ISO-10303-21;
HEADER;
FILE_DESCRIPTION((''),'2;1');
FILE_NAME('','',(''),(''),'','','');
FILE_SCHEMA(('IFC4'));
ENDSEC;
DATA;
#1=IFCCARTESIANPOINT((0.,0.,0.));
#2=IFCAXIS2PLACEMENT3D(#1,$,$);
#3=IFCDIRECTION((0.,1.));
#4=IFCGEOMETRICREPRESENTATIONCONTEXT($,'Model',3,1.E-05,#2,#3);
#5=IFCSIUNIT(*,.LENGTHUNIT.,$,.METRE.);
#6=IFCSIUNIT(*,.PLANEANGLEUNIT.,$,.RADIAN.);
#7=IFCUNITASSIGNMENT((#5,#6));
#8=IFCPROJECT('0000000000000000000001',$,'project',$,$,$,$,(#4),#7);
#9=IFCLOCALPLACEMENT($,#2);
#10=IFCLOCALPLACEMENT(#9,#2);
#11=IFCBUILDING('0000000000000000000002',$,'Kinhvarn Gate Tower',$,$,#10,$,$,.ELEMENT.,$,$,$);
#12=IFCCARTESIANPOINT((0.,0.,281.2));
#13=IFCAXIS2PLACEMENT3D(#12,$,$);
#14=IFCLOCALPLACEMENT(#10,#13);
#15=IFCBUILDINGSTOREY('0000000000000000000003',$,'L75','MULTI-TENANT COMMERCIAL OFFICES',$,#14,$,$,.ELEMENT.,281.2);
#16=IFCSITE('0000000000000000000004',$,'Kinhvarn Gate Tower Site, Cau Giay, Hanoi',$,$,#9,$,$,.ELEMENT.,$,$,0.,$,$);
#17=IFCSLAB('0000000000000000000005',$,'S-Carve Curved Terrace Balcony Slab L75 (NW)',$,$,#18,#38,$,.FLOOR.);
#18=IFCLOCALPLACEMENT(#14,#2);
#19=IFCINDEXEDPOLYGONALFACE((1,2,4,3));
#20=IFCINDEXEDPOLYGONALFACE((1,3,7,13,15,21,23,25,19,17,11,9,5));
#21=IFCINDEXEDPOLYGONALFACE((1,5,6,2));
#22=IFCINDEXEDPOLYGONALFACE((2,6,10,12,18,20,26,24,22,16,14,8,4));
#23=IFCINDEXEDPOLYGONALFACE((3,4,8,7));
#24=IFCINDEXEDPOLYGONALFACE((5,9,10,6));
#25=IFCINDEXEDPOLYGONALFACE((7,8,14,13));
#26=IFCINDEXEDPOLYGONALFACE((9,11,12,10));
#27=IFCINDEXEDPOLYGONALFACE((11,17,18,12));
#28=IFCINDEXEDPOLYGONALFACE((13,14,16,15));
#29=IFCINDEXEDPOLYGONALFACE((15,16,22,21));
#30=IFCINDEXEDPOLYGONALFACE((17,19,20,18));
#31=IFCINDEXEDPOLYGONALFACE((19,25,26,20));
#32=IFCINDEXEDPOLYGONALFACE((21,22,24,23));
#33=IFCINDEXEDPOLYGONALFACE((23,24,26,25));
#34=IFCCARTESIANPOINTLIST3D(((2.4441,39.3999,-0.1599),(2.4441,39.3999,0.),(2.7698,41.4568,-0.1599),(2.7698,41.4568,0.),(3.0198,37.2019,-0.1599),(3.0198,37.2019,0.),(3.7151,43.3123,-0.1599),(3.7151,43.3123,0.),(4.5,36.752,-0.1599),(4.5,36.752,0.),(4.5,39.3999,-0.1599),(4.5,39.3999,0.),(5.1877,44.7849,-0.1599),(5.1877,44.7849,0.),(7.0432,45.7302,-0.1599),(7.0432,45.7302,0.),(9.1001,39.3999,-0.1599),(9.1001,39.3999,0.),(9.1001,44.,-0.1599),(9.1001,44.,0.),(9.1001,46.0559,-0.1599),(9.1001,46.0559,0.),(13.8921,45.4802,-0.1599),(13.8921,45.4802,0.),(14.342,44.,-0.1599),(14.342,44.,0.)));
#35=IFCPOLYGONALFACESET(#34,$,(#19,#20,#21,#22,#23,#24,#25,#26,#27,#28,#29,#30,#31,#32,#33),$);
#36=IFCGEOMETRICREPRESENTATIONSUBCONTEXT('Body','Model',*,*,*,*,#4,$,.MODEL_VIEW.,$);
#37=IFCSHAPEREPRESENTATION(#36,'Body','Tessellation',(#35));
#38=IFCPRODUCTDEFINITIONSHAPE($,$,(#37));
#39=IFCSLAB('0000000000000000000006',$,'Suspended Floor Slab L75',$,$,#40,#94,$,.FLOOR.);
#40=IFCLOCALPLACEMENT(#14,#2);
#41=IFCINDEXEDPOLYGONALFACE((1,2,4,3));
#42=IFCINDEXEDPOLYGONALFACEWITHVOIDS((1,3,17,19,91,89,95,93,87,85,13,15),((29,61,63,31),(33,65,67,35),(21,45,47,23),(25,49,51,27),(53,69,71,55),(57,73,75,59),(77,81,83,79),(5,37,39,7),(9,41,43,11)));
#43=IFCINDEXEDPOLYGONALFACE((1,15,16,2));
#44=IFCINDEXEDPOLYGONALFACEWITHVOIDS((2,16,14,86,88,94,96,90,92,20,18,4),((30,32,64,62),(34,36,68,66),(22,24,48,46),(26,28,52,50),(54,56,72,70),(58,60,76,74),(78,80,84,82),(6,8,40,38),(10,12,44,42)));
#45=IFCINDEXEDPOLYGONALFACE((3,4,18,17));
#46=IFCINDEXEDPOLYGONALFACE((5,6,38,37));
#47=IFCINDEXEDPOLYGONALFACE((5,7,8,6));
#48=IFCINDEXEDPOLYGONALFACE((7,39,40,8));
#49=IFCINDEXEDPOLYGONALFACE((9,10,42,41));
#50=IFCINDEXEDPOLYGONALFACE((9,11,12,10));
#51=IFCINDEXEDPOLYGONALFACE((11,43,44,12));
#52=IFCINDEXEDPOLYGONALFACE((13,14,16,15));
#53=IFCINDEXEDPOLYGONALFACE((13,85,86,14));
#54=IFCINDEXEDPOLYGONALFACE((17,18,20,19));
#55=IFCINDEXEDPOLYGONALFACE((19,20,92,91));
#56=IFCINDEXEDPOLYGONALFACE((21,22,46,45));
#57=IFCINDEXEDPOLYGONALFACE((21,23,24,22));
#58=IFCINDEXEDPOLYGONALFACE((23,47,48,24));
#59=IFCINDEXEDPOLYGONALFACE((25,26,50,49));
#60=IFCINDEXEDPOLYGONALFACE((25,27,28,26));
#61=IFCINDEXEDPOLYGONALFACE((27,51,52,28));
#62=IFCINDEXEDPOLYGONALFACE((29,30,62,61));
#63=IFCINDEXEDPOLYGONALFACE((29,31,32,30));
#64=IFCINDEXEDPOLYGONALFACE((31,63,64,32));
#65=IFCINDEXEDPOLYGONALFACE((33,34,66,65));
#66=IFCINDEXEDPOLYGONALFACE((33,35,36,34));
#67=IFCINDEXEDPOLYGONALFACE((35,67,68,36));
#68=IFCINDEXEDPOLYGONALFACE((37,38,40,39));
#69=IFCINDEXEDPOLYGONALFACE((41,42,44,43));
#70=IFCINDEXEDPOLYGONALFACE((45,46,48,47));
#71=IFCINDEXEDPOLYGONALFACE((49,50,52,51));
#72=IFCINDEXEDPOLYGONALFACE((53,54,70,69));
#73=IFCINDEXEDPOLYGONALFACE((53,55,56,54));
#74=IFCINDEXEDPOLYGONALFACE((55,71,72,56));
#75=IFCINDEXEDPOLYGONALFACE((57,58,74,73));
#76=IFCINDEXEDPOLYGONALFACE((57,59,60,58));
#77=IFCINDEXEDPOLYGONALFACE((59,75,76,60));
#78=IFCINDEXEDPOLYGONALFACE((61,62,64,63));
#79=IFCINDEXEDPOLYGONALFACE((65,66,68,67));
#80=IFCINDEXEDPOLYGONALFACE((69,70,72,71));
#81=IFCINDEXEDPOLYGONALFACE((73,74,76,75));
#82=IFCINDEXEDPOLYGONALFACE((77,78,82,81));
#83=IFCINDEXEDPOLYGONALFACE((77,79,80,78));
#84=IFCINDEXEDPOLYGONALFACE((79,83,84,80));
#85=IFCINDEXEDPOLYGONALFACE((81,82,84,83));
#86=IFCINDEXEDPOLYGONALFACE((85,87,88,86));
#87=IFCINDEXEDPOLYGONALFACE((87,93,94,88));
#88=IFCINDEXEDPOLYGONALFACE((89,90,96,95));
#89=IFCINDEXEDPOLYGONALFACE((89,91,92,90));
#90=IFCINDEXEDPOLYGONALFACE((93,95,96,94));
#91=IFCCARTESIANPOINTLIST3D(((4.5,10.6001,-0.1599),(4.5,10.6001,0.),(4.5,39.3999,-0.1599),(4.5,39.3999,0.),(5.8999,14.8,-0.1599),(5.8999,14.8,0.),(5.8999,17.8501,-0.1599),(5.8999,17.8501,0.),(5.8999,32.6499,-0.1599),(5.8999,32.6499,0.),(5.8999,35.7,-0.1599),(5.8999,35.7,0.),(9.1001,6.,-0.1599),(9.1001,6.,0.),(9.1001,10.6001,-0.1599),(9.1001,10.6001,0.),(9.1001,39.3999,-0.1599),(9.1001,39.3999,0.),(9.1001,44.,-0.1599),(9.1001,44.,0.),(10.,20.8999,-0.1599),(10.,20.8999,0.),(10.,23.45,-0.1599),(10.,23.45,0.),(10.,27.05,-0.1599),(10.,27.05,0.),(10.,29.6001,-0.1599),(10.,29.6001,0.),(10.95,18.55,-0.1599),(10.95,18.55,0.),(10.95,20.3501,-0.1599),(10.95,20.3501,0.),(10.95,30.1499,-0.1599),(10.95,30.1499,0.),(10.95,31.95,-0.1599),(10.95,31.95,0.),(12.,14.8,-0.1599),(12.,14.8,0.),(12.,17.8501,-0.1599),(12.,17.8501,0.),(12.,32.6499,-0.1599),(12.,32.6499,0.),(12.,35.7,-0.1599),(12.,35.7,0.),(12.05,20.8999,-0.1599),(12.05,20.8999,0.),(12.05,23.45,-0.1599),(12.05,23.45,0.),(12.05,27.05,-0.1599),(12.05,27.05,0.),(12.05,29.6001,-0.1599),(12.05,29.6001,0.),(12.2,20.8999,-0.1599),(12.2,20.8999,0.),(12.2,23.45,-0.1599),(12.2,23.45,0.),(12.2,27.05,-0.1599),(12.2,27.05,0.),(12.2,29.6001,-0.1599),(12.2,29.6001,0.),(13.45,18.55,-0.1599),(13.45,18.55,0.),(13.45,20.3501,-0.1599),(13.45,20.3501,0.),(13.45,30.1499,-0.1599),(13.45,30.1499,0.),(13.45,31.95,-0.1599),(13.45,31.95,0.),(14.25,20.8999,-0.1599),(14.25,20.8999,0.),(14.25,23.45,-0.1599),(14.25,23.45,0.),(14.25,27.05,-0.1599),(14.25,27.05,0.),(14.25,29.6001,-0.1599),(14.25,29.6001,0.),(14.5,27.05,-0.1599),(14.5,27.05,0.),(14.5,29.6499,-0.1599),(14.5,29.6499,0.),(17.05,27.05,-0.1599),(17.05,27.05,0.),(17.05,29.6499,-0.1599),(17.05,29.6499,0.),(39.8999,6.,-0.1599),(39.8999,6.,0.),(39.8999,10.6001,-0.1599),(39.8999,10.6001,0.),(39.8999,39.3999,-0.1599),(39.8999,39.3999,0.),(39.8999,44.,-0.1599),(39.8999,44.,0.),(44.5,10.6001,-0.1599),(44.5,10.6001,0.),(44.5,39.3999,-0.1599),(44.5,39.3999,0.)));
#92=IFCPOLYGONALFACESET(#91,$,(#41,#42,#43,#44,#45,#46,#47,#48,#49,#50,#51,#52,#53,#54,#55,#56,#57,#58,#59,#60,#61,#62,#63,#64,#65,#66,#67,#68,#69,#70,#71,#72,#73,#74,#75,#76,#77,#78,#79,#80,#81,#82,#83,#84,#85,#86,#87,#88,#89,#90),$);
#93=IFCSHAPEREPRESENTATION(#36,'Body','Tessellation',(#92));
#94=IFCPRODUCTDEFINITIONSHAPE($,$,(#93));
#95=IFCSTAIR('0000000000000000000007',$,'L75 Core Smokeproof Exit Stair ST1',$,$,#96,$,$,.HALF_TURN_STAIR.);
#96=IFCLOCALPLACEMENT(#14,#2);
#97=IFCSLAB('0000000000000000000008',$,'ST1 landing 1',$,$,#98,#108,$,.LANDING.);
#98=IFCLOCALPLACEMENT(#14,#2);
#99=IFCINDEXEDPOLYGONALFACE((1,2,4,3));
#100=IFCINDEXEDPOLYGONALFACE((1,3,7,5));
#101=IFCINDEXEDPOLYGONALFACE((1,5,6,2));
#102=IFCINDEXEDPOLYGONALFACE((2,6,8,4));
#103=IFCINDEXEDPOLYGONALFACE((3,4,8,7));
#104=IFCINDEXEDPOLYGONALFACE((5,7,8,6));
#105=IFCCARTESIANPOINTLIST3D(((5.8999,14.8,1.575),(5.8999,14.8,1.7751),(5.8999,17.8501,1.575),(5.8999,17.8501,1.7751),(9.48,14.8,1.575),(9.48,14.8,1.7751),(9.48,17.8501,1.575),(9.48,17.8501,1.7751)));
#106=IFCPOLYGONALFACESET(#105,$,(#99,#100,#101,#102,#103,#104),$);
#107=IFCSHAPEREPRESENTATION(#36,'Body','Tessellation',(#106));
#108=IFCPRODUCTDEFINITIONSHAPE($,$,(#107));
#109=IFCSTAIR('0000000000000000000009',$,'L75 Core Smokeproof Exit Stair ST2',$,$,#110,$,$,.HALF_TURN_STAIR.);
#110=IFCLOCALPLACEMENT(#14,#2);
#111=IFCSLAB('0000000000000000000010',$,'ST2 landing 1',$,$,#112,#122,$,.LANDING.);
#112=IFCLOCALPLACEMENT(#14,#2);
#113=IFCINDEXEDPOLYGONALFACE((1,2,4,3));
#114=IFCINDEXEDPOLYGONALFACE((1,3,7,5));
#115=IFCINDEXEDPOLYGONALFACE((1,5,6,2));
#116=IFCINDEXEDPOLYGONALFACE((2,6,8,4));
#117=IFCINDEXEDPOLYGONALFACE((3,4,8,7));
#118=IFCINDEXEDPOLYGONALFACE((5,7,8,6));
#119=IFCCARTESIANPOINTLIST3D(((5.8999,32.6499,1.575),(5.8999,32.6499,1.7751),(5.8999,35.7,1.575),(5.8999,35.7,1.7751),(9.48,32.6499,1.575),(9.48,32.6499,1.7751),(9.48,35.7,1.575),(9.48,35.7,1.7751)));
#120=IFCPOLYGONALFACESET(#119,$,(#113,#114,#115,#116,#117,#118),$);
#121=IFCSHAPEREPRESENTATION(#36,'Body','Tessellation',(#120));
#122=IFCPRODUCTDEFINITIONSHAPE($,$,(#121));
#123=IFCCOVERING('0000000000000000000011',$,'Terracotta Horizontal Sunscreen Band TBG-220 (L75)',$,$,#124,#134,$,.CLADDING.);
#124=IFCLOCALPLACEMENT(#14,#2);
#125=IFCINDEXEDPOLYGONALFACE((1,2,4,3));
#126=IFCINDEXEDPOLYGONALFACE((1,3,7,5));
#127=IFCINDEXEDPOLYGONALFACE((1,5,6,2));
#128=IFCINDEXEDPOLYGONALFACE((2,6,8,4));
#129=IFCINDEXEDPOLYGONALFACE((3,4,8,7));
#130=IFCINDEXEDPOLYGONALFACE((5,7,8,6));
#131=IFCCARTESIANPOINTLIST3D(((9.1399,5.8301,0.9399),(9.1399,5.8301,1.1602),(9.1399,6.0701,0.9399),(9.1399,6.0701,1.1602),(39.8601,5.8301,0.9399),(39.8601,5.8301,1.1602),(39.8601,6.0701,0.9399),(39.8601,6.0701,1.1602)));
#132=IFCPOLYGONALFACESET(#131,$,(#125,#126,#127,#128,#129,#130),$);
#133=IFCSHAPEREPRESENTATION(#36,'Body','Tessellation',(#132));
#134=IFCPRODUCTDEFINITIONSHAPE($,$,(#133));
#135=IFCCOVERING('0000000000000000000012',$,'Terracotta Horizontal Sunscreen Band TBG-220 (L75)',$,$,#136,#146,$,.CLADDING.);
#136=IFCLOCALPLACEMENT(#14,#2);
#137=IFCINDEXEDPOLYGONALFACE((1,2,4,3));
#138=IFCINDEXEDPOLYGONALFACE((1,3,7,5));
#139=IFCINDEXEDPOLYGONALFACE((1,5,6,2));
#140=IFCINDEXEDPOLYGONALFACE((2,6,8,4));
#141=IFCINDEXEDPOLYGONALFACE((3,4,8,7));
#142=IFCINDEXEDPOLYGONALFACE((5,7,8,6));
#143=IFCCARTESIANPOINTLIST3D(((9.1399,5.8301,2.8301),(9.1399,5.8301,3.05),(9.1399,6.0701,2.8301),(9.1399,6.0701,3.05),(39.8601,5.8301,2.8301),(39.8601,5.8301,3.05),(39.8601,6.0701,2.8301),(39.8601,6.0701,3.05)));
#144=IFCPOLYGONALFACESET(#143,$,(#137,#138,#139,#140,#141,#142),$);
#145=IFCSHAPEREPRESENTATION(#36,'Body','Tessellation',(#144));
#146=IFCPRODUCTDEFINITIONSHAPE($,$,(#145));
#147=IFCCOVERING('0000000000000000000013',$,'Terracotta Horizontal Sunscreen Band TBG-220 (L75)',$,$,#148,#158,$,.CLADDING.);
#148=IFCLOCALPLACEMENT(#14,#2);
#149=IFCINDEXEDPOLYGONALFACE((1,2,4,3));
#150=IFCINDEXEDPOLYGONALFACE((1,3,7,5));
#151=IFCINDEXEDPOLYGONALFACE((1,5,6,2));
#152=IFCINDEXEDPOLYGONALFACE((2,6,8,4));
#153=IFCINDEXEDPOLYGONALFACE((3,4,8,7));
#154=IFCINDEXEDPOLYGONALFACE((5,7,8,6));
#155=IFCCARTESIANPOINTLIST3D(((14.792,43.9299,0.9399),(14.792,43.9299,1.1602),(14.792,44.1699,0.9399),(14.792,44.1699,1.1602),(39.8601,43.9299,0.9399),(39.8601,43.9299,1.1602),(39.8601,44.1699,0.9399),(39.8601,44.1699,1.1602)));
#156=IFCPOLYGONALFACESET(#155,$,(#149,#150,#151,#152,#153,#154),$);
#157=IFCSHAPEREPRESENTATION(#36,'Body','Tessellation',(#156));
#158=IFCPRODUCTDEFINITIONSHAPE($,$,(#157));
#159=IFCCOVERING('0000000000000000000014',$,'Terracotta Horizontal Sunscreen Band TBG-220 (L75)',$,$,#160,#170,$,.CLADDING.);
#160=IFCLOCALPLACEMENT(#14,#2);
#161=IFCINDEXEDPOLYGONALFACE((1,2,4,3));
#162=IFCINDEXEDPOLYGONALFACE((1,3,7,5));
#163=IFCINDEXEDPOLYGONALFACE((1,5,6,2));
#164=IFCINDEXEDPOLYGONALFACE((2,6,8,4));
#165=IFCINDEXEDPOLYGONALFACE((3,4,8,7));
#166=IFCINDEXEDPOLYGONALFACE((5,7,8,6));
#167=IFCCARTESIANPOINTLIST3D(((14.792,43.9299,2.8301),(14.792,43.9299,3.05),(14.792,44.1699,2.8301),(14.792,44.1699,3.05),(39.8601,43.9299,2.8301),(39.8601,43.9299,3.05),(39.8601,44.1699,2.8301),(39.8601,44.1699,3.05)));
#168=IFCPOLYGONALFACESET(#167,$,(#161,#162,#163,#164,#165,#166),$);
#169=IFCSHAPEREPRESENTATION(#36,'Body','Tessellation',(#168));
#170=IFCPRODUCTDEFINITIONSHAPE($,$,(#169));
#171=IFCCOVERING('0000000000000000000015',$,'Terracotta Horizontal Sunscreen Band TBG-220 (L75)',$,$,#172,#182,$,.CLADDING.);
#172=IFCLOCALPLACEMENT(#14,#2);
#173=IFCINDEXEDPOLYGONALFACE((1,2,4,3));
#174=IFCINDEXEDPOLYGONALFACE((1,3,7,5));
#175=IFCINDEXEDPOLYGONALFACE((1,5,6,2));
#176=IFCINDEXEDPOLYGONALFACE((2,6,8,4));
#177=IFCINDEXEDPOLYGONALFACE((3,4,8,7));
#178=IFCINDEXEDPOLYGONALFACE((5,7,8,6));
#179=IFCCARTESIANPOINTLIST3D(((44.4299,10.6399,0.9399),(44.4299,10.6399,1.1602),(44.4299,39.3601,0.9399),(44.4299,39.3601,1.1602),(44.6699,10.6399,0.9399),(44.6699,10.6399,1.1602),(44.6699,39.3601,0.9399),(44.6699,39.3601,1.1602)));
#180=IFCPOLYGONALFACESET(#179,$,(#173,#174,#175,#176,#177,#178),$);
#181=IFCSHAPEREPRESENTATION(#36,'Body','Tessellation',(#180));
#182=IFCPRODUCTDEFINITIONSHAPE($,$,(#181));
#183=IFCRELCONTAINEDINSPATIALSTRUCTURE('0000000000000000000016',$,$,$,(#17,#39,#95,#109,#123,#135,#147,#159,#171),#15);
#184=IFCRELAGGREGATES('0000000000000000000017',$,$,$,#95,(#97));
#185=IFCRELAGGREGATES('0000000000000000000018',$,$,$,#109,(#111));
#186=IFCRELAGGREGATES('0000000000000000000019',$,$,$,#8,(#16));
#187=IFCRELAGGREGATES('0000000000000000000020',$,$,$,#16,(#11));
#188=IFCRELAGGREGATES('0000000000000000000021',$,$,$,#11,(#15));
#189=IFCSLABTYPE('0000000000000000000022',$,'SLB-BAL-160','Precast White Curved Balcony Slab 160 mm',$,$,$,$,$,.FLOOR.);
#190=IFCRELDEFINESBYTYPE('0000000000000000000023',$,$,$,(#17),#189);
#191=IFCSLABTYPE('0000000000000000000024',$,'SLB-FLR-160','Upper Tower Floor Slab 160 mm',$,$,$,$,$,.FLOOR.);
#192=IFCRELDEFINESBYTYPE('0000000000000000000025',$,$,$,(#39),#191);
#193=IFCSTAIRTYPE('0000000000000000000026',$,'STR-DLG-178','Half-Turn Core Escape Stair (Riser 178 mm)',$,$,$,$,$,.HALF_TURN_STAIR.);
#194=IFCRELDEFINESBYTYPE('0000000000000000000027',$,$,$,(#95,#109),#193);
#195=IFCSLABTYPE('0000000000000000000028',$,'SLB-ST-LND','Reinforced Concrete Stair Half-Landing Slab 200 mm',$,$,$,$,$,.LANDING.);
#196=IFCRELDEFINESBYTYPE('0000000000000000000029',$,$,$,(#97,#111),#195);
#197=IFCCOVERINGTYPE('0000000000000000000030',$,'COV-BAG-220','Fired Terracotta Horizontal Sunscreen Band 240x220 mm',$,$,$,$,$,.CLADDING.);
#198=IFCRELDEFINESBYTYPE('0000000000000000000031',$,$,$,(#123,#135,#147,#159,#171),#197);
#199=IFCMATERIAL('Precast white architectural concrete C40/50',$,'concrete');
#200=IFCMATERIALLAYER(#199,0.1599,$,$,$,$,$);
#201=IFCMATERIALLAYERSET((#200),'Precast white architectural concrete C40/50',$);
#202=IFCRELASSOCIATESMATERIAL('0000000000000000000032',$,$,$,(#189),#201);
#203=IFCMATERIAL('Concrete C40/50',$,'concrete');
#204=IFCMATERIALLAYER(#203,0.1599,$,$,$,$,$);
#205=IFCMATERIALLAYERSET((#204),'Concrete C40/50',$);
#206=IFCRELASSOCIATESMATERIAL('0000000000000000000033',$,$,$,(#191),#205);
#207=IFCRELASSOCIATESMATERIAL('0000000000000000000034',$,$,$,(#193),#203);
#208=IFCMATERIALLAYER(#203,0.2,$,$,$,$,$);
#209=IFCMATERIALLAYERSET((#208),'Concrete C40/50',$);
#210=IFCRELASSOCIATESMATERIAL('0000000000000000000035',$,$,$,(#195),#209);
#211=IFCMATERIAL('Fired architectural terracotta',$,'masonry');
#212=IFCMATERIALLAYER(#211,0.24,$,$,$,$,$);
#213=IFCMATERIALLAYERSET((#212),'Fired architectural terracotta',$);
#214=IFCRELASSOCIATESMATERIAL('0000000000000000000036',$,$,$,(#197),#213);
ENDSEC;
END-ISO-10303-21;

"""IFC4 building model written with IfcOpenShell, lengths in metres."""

from ifc_helpers import new_model, si_unit, direction, frame, origin, place, context, subcontext, project, spatial, polyline, outline, extrude, material, layer, layer_set, type_object, element, aggregate, save


model = new_model("IFC4")

# Units and contexts
model_context = context("Model", 3, precision=1e-05, world=origin(), true_north=direction((0.0, 1.0)))
body_context = subcontext(model_context, "Body", "Model", "MODEL_VIEW")
ifc_project = project(units=[si_unit("LENGTHUNIT", "METRE"), si_unit("PLANEANGLEUNIT", "RADIAN")], contexts=[model_context])

# Site, building, storey
site_placement = place(None, origin())
site = spatial("IfcSite", under=ifc_project, at=site_placement, Name="Kinhvarn Gate Tower Site, Cau Giay, Hanoi", CompositionType="ELEMENT", RefElevation=0.0)
building_placement = place(site_placement, origin())
building = spatial("IfcBuilding", under=site, at=building_placement, Name="Kinhvarn Gate Tower", CompositionType="ELEMENT")
storey_placement = place(building_placement, frame((0.0, 0.0, 281.2)))
storey = spatial("IfcBuildingStorey", under=building, at=storey_placement, Name="L75", Description="MULTI-TENANT COMMERCIAL OFFICES", CompositionType="ELEMENT", Elevation=281.2)

# Slabs
ifc_material_1 = material(Name="Precast white architectural concrete C40/50", Category="concrete")
ifc_layer_1 = layer(ifc_material_1, 0.1599)
ifc_layer_set_1 = layer_set([ifc_layer_1], Name="Precast white architectural concrete C40/50")
slab_type_1 = type_object("IfcSlabType", Name="SLB-BAL-160", Description="Precast White Curved Balcony Slab 160 mm", PredefinedType="FLOOR", material=ifc_layer_set_1)
slab_1_placement = place(storey_placement, frame((0.0, 0.0, -0.1599)))
element("IfcSlab", 1, at=slab_1_placement, inside=storey, type_object=slab_type_1, Name="S-Carve Curved Terrace Balcony Slab L75 (NW)", PredefinedType="FLOOR", context=body_context, shape_type="SweptSolid", body=[
    extrude(outline(polyline([(14.342, 44.0), (13.8921, 45.4802), (9.1001, 46.0559), (7.0432, 45.7302), (5.1877, 44.7849), (3.7151, 43.3123), (2.7698, 41.4568), (2.4441, 39.3999), (3.0198, 37.2019), (4.5, 36.752), (4.5, 39.3999), (9.1001, 39.3999), (9.1001, 44.0), (14.342, 44.0)])), origin(), (0.0, 0.0, 1.0), 0.1599),
])
ifc_material_2 = material(Name="Concrete C40/50", Category="concrete")
ifc_layer_2 = layer(ifc_material_2, 0.1599)
ifc_layer_set_2 = layer_set([ifc_layer_2], Name="Concrete C40/50")
slab_type_2 = type_object("IfcSlabType", Name="SLB-FLR-160", Description="Upper Tower Floor Slab 160 mm", PredefinedType="FLOOR", material=ifc_layer_set_2)
slab_2_placement = place(storey_placement, frame((0.0, 0.0, -0.1599)))
element("IfcSlab", 2, at=slab_2_placement, inside=storey, type_object=slab_type_2, Name="Suspended Floor Slab L75", PredefinedType="FLOOR", context=body_context, shape_type="SweptSolid", body=[
    extrude(outline(polyline([(9.1001, 6.0), (39.8999, 6.0), (39.8999, 10.6001), (44.5, 10.6001), (44.5, 39.3999), (39.8999, 39.3999), (39.8999, 44.0), (9.1001, 44.0), (9.1001, 39.3999), (4.5, 39.3999), (4.5, 10.6001), (9.1001, 10.6001), (9.1001, 6.0)]), holes=[polyline([(5.8999, 14.8), (12.0, 14.8), (12.0, 17.8501), (5.8999, 17.8501), (5.8999, 14.8)]), polyline([(5.8999, 32.6499), (12.0, 32.6499), (12.0, 35.7), (5.8999, 35.7), (5.8999, 32.6499)]), polyline([(10.0, 20.8999), (12.05, 20.8999), (12.05, 23.45), (10.0, 23.45), (10.0, 20.8999)]), polyline([(12.2, 20.8999), (14.25, 20.8999), (14.25, 23.45), (12.2, 23.45), (12.2, 20.8999)]), polyline([(10.0, 27.05), (12.05, 27.05), (12.05, 29.6001), (10.0, 29.6001), (10.0, 27.05)]), polyline([(12.2, 27.05), (14.25, 27.05), (14.25, 29.6001), (12.2, 29.6001), (12.2, 27.05)]), polyline([(14.5, 27.05), (17.05, 27.05), (17.05, 29.6499), (14.5, 29.6499), (14.5, 27.05)]), polyline([(10.95, 18.55), (13.45, 18.55), (13.45, 20.3501), (10.95, 20.3501), (10.95, 18.55)]), polyline([(10.95, 30.1499), (13.45, 30.1499), (13.45, 31.95), (10.95, 31.95), (10.95, 30.1499)])]), origin(), (0.0, 0.0, 1.0), 0.1599),
])

# Stairs, slabs
stair_type = type_object("IfcStairType", Name="STR-DLG-178", Description="Half-Turn Core Escape Stair (Riser 178 mm)", PredefinedType="HALF_TURN_STAIR", material=ifc_material_2)
stair_1_placement = place(storey_placement, origin())
stair_1 = element("IfcStair", 3, at=stair_1_placement, inside=storey, type_object=stair_type, Name="L75 Core Smokeproof Exit Stair ST1", PredefinedType="HALF_TURN_STAIR")
ifc_layer_3 = layer(ifc_material_2, 0.2)
ifc_layer_set_3 = layer_set([ifc_layer_3], Name="Concrete C40/50")
slab_type_3 = type_object("IfcSlabType", Name="SLB-ST-LND", Description="Reinforced Concrete Stair Half-Landing Slab 200 mm", PredefinedType="LANDING", material=ifc_layer_set_3)
slab_3_placement = place(storey_placement, frame((0.0, 0.0, 1.575)))
slab_3 = element("IfcSlab", 4, at=slab_3_placement, type_object=slab_type_3, Name="ST1 landing 1", PredefinedType="LANDING", context=body_context, shape_type="SweptSolid", body=[
    extrude(outline(polyline([(9.48, 17.8501), (5.8999, 17.8501), (5.8999, 14.8), (9.48, 14.8), (9.48, 17.8501)])), origin(), (0.0, 0.0, 1.0), 0.2002),
])
aggregate(stair_1, [slab_3])
stair_2_placement = place(storey_placement, origin())
stair_2 = element("IfcStair", 5, at=stair_2_placement, inside=storey, type_object=stair_type, Name="L75 Core Smokeproof Exit Stair ST2", PredefinedType="HALF_TURN_STAIR")
slab_4_placement = place(storey_placement, frame((0.0, 0.0, 1.575)))
slab_4 = element("IfcSlab", 6, at=slab_4_placement, type_object=slab_type_3, Name="ST2 landing 1", PredefinedType="LANDING", context=body_context, shape_type="SweptSolid", body=[
    extrude(outline(polyline([(9.48, 35.7), (5.8999, 35.7), (5.8999, 32.6499), (9.48, 32.6499), (9.48, 35.7)])), origin(), (0.0, 0.0, 1.0), 0.2002),
])
aggregate(stair_2, [slab_4])

# Coverings
ifc_material_3 = material(Name="Fired architectural terracotta", Category="masonry")
ifc_layer_4 = layer(ifc_material_3, 0.24)
ifc_layer_set_4 = layer_set([ifc_layer_4], Name="Fired architectural terracotta")
covering_type_1 = type_object("IfcCoveringType", Name="COV-BAG-220", Description="Fired Terracotta Horizontal Sunscreen Band 240x220 mm", PredefinedType="CLADDING", material=ifc_layer_set_4)
covering_1_placement = place(storey_placement, frame((0.0, 0.0, 0.9399)))
element("IfcCovering", 7, at=covering_1_placement, inside=storey, type_object=covering_type_1, Name="Terracotta Horizontal Sunscreen Band TBG-220 (L75)", PredefinedType="CLADDING", context=body_context, shape_type="SweptSolid", body=[
    extrude(outline(polyline([(9.1399, 6.0701), (39.8601, 6.0701), (39.8601, 5.8301), (9.1399, 5.8301), (9.1399, 6.0701)])), origin(), (0.0, 0.0, 1.0), 0.2202),
])
covering_2_placement = place(storey_placement, frame((0.0, 0.0, 2.8301)))
element("IfcCovering", 8, at=covering_2_placement, inside=storey, type_object=covering_type_1, Name="Terracotta Horizontal Sunscreen Band TBG-220 (L75)", PredefinedType="CLADDING", context=body_context, shape_type="SweptSolid", body=[
    extrude(outline(polyline([(9.1399, 6.0701), (39.8601, 6.0701), (39.8601, 5.8301), (9.1399, 5.8301), (9.1399, 6.0701)])), origin(), (0.0, 0.0, 1.0), 0.22),
])
covering_3_placement = place(storey_placement, frame((0.0, 0.0, 0.9399)))
element("IfcCovering", 9, at=covering_3_placement, inside=storey, type_object=covering_type_1, Name="Terracotta Horizontal Sunscreen Band TBG-220 (L75)", PredefinedType="CLADDING", context=body_context, shape_type="SweptSolid", body=[
    extrude(outline(polyline([(39.8601, 43.9299), (14.792, 43.9299), (14.792, 44.1699), (39.8601, 44.1699), (39.8601, 43.9299)])), origin(), (0.0, 0.0, 1.0), 0.2202),
])
covering_4_placement = place(storey_placement, frame((0.0, 0.0, 2.8301)))
element("IfcCovering", 10, at=covering_4_placement, inside=storey, type_object=covering_type_1, Name="Terracotta Horizontal Sunscreen Band TBG-220 (L75)", PredefinedType="CLADDING", context=body_context, shape_type="SweptSolid", body=[
    extrude(outline(polyline([(39.8601, 43.9299), (14.792, 43.9299), (14.792, 44.1699), (39.8601, 44.1699), (39.8601, 43.9299)])), origin(), (0.0, 0.0, 1.0), 0.22),
])
covering_5_placement = place(storey_placement, frame((0.0, 0.0, 0.9399)))
element("IfcCovering", 11, at=covering_5_placement, inside=storey, type_object=covering_type_1, Name="Terracotta Horizontal Sunscreen Band TBG-220 (L75)", PredefinedType="CLADDING", context=body_context, shape_type="SweptSolid", body=[
    extrude(outline(polyline([(44.4299, 10.6399), (44.4299, 39.3601), (44.6699, 39.3601), (44.6699, 10.6399), (44.4299, 10.6399)])), origin(), (0.0, 0.0, 1.0), 0.2202),
])

save(model, "model.ifc")
